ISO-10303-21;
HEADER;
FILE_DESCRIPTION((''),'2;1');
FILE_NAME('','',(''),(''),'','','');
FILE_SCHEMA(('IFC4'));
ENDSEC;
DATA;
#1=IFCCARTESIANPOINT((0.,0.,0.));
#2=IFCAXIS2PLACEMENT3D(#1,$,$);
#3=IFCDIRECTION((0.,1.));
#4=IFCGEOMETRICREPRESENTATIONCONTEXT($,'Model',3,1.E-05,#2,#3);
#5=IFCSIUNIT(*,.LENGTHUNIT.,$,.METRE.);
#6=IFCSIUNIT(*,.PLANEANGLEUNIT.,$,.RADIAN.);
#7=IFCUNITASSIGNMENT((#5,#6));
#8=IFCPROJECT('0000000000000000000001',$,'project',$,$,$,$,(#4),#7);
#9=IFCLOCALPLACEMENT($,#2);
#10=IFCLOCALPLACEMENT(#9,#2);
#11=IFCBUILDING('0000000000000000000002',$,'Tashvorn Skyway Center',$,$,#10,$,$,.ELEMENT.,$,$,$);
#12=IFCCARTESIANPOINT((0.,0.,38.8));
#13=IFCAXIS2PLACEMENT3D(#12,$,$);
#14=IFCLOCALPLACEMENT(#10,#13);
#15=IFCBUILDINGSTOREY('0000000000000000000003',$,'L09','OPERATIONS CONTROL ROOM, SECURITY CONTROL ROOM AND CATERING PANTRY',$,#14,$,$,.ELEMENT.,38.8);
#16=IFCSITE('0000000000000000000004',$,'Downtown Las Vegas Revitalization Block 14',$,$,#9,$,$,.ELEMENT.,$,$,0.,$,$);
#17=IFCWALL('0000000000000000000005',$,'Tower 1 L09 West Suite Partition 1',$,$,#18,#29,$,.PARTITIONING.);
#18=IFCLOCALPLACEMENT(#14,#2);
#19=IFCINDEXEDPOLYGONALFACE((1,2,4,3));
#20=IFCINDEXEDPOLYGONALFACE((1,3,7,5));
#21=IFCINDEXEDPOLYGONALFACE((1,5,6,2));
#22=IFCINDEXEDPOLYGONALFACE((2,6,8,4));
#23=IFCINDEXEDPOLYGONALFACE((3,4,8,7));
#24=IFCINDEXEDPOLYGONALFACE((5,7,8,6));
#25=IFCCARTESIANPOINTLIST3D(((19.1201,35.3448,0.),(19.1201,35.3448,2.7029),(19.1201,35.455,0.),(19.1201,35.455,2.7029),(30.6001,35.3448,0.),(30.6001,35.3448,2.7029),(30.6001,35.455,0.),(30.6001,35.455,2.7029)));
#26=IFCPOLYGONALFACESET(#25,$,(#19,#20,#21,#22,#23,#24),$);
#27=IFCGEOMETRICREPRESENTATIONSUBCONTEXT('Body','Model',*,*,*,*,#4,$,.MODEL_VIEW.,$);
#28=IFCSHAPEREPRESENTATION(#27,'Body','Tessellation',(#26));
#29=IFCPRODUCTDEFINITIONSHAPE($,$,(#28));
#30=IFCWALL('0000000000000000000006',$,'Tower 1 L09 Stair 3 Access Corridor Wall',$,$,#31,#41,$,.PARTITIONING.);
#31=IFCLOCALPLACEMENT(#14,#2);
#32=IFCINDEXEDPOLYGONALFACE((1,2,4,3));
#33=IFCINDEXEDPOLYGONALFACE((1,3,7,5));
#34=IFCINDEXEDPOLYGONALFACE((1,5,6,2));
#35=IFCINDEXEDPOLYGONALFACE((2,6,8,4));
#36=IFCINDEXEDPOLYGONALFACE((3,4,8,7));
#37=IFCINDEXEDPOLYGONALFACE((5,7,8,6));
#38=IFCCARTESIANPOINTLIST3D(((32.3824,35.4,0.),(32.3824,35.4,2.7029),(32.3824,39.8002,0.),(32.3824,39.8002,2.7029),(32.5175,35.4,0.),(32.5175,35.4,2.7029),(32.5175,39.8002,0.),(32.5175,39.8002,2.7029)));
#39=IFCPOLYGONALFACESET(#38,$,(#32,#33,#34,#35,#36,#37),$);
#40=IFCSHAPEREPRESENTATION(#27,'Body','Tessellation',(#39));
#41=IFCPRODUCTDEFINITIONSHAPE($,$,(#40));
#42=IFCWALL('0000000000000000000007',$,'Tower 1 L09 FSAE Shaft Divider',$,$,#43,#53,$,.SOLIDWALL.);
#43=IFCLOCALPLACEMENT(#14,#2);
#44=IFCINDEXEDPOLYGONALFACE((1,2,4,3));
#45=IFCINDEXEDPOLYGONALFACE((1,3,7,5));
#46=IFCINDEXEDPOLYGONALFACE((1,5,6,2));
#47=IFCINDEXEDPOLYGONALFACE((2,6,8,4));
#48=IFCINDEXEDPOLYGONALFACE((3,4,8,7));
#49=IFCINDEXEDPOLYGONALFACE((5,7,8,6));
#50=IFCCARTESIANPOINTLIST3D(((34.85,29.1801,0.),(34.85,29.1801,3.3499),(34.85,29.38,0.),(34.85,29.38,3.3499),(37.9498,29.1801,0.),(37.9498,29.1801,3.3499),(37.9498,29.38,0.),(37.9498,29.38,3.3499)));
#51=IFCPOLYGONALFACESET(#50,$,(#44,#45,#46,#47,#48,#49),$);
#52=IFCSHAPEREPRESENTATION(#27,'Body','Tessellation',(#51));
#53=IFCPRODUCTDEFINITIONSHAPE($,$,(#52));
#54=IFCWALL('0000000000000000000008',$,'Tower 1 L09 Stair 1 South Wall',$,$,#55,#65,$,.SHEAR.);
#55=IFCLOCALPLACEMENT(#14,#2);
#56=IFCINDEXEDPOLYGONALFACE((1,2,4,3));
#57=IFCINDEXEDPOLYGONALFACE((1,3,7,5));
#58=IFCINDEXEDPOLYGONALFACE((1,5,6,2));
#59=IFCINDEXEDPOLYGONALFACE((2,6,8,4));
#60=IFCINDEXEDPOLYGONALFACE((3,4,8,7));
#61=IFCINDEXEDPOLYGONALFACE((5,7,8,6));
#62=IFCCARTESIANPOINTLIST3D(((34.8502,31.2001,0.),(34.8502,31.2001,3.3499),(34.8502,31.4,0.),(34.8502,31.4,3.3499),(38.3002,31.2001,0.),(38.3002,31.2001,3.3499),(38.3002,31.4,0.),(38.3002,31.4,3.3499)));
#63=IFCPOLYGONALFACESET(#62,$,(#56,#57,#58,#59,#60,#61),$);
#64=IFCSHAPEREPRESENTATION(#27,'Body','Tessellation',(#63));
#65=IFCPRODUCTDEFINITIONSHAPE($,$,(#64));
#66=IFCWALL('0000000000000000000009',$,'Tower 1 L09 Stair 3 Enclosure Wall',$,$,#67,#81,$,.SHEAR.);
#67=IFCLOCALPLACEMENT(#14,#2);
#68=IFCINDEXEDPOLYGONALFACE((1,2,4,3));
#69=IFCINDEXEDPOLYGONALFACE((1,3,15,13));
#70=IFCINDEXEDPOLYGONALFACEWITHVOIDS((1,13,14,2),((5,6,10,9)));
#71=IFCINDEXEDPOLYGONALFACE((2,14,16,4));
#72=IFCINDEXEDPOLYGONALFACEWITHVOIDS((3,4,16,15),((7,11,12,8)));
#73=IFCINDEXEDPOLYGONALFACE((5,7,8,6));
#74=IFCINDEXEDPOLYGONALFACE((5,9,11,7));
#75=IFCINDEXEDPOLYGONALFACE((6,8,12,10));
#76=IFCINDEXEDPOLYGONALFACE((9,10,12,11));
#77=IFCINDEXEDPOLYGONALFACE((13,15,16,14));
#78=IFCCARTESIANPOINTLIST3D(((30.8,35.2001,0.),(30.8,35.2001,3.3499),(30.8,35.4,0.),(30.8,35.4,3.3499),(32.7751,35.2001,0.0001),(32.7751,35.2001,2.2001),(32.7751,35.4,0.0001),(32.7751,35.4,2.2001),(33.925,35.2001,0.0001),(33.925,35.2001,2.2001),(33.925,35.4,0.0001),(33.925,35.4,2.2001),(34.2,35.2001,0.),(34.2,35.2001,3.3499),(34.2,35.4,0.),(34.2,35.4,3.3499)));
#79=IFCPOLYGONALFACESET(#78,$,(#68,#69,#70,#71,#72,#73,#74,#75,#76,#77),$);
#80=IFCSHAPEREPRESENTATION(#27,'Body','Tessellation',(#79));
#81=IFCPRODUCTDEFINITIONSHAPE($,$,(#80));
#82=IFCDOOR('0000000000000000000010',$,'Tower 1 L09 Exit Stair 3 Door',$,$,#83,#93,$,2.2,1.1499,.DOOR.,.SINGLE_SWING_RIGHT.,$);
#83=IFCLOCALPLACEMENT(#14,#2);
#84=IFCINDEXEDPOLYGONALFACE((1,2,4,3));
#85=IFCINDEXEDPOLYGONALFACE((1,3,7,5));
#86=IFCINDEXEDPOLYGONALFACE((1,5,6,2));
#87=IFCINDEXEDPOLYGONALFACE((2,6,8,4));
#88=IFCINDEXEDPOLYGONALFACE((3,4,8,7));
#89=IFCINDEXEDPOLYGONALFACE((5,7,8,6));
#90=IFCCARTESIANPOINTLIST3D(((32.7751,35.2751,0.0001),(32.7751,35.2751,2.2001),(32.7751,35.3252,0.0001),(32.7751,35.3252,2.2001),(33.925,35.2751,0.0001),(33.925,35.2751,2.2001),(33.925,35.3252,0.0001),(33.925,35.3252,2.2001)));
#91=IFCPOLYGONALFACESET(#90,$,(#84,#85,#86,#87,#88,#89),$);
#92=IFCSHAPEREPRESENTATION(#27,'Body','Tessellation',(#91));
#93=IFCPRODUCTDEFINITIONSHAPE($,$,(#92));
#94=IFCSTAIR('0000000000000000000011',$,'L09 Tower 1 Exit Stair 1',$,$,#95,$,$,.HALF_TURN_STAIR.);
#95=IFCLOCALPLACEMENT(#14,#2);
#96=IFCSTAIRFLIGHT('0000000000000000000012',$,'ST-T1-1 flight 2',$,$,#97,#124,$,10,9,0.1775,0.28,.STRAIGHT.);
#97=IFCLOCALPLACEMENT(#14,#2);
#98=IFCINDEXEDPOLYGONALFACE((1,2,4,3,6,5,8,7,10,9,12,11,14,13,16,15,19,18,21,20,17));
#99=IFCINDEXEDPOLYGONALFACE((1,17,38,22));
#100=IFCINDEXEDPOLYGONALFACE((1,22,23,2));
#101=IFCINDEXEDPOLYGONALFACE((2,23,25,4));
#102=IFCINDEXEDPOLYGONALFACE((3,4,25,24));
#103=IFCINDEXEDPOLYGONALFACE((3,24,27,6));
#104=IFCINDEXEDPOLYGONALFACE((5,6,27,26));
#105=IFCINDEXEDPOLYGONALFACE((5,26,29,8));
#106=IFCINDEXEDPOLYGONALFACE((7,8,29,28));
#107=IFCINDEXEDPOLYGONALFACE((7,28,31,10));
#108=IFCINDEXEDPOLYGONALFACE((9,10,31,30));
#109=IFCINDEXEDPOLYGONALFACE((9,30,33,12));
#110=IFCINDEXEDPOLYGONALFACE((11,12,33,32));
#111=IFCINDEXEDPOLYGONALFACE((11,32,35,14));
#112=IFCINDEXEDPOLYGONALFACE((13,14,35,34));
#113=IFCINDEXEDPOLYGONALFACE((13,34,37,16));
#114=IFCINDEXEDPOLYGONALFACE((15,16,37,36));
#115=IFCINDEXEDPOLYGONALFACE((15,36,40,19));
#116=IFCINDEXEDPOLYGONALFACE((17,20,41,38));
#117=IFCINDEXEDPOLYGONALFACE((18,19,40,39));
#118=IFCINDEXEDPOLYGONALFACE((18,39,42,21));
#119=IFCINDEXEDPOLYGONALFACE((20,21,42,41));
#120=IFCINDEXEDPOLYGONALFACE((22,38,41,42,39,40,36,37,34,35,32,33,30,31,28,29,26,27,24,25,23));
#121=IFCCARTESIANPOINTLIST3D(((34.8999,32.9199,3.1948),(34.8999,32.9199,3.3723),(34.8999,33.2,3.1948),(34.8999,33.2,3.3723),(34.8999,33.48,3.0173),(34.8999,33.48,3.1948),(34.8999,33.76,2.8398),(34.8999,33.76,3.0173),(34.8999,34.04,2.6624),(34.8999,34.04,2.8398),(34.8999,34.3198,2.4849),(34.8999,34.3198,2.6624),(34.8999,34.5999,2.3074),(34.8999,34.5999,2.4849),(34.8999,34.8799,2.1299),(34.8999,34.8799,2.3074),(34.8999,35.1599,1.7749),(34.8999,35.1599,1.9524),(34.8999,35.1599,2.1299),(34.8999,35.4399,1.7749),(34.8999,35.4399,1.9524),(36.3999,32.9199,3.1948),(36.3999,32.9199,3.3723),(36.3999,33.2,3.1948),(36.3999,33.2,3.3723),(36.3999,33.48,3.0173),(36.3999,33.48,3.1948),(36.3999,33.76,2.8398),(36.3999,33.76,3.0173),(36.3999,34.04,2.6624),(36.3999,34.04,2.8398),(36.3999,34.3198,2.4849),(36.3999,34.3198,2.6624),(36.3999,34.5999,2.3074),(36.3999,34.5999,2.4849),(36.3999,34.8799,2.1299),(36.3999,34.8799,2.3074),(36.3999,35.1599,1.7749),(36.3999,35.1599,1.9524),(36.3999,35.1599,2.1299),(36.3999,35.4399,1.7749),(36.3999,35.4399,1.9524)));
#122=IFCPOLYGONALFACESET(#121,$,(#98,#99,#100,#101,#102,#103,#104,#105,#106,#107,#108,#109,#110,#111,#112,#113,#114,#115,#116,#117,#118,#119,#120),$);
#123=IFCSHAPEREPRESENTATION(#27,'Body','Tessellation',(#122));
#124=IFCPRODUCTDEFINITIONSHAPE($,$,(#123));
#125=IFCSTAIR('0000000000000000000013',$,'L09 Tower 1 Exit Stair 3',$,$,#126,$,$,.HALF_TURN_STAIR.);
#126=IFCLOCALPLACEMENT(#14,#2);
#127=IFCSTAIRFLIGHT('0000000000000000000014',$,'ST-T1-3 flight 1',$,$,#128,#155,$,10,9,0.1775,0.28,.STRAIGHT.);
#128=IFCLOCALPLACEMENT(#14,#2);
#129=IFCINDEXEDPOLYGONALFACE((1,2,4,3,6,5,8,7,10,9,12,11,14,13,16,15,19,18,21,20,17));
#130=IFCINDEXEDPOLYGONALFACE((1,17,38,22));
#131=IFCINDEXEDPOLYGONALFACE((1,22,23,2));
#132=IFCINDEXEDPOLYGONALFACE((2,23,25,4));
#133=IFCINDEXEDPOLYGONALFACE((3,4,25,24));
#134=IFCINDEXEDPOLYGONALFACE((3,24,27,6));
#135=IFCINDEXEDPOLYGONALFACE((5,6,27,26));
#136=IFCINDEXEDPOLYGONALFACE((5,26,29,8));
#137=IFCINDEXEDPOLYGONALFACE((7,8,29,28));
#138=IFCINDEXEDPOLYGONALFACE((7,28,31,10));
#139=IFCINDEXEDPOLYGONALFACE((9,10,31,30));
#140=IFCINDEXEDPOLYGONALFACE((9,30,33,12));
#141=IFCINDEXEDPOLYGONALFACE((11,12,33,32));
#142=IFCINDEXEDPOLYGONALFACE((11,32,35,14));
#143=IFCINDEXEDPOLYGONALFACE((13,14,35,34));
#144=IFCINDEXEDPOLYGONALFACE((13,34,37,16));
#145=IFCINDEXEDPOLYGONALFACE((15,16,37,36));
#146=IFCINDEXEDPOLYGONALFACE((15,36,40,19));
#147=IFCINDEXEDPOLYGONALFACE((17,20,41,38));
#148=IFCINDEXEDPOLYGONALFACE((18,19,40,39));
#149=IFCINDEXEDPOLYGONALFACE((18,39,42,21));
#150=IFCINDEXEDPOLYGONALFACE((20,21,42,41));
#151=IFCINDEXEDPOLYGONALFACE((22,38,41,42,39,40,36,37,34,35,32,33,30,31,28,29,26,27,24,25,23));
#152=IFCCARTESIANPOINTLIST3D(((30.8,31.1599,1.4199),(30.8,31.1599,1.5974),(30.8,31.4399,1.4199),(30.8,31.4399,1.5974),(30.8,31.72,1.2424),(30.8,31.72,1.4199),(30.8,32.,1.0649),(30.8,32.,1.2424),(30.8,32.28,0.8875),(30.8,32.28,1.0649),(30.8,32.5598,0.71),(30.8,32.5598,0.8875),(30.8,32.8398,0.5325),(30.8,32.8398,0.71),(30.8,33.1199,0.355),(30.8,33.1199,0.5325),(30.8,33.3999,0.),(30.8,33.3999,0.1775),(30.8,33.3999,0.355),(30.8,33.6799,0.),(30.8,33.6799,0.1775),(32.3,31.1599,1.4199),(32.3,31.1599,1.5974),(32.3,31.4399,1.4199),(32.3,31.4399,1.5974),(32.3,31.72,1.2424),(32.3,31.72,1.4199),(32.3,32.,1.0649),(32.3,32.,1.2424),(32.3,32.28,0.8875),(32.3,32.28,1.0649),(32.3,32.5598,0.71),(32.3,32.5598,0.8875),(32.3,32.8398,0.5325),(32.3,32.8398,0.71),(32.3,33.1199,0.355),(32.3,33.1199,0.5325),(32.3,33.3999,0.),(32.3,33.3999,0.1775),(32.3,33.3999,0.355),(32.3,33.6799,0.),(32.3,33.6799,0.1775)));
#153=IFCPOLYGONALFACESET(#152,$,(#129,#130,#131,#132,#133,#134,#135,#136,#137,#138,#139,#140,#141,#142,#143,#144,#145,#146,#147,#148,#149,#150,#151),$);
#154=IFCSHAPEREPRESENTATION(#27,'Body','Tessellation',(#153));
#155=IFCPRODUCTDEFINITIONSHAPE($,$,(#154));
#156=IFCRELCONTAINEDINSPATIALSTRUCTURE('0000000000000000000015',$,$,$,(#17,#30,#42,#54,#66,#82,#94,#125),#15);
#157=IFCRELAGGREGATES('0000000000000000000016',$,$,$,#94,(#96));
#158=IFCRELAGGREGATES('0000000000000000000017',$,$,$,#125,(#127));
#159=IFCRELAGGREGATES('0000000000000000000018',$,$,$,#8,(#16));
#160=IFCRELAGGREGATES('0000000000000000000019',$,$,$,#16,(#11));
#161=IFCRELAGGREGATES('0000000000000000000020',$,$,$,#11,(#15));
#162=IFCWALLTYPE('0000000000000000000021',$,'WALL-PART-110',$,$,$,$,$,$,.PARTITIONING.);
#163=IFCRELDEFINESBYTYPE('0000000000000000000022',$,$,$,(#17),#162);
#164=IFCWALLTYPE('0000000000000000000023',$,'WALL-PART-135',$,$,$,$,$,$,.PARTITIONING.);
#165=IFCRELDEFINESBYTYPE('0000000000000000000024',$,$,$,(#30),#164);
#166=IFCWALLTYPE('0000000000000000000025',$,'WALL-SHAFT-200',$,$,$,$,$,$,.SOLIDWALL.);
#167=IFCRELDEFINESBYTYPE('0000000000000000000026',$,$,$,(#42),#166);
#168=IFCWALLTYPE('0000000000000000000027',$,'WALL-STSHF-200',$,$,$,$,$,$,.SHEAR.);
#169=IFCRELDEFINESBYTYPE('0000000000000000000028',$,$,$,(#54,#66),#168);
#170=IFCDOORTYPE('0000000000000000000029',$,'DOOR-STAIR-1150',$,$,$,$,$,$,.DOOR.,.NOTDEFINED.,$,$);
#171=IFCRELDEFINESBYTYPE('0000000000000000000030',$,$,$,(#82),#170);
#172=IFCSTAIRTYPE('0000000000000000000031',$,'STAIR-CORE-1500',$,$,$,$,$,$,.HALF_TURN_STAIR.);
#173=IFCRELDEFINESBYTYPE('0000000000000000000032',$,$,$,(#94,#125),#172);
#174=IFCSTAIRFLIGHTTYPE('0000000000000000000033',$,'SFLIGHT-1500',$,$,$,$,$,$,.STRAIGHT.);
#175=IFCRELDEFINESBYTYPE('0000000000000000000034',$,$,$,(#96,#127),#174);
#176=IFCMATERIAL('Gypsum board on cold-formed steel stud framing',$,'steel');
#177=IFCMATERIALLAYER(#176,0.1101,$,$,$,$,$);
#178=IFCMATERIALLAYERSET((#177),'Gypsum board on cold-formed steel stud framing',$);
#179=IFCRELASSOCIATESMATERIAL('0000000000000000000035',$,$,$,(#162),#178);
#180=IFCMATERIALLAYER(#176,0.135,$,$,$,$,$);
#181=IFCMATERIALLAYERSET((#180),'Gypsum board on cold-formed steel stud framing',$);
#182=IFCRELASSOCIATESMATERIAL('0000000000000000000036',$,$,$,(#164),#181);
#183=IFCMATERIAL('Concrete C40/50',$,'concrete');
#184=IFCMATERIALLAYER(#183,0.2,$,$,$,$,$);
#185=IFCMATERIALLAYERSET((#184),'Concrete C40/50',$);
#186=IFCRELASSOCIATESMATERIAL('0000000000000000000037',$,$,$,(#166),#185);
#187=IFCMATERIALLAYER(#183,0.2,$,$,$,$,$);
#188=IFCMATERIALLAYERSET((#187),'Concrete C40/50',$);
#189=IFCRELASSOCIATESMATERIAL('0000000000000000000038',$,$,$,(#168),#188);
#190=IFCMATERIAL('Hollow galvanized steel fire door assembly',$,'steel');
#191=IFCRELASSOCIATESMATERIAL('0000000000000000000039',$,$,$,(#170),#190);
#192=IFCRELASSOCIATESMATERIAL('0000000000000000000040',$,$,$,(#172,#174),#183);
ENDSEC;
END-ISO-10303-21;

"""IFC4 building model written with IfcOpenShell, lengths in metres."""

from ifc_helpers import new_model, si_unit, direction, frame, frame_2d, origin, place, context, subcontext, project, spatial, polyline, rectangle, outline, extrude, material, layer, layer_set, type_object, element, fill, aggregate, save


model = new_model("IFC4")

# Units and contexts
model_context = context("Model", 3, precision=1e-05, world=origin(), true_north=direction((0.0, 1.0)))
body_context = subcontext(model_context, "Body", "Model", "MODEL_VIEW")
ifc_project = project(units=[si_unit("LENGTHUNIT", "METRE"), si_unit("PLANEANGLEUNIT", "RADIAN")], contexts=[model_context])

# Site, building, storey
site_placement = place(None, origin())
site = spatial("IfcSite", under=ifc_project, at=site_placement, Name="Downtown Las Vegas Revitalization Block 14", CompositionType="ELEMENT", RefElevation=0.0)
building_placement = place(site_placement, origin())
building = spatial("IfcBuilding", under=site, at=building_placement, Name="Tashvorn Skyway Center", CompositionType="ELEMENT")
storey_placement = place(building_placement, frame((0.0, 0.0, 38.8)))
storey = spatial("IfcBuildingStorey", under=building, at=storey_placement, Name="L09", Description="OPERATIONS CONTROL ROOM, SECURITY CONTROL ROOM AND CATERING PANTRY", CompositionType="ELEMENT", Elevation=38.8)

# Walls
ifc_material_1 = material(Name="Gypsum board on cold-formed steel stud framing", Category="steel")
ifc_layer_1 = layer(ifc_material_1, 0.1101)
ifc_layer_set_1 = layer_set([ifc_layer_1], Name="Gypsum board on cold-formed steel stud framing")
wall_type_1 = type_object("IfcWallType", Name="WALL-PART-110", PredefinedType="PARTITIONING", material=ifc_layer_set_1)
wall_1_placement = place(storey_placement, frame((30.6001, 35.3999, 0.0), z_axis=(0.0, 0.0, 1.0), x_axis=(-1.0, 0.0, 0.0)))
element("IfcWall", 1, at=wall_1_placement, inside=storey, type_object=wall_type_1, Name="Tower 1 L09 West Suite Partition 1", PredefinedType="PARTITIONING", context=body_context, shape_type="SweptSolid", body=[
    extrude(rectangle(XDim=11.48, YDim=0.1101, at=frame_2d((5.74, 0.0))), origin(), (0.0, 0.0, 1.0), 2.7029),
])
ifc_layer_2 = layer(ifc_material_1, 0.135)
ifc_layer_set_2 = layer_set([ifc_layer_2], Name="Gypsum board on cold-formed steel stud framing")
wall_type_2 = type_object("IfcWallType", Name="WALL-PART-135", PredefinedType="PARTITIONING", material=ifc_layer_set_2)
wall_2_placement = place(storey_placement, frame((32.45, 35.3999, 0.0), z_axis=(0.0, 0.0, 1.0), x_axis=(0.0, 1.0, 0.0)))
element("IfcWall", 2, at=wall_2_placement, inside=storey, type_object=wall_type_2, Name="Tower 1 L09 Stair 3 Access Corridor Wall", PredefinedType="PARTITIONING", context=body_context, shape_type="SweptSolid", body=[
    extrude(rectangle(XDim=4.4001, YDim=0.135, at=frame_2d((2.2002, 0.0))), origin(), (0.0, 0.0, 1.0), 2.7029),
])
ifc_material_2 = material(Name="Concrete C40/50", Category="concrete")
ifc_layer_3 = layer(ifc_material_2, 0.2)
ifc_layer_set_3 = layer_set([ifc_layer_3], Name="Concrete C40/50")
wall_type_3 = type_object("IfcWallType", Name="WALL-SHAFT-200", PredefinedType="SOLIDWALL", material=ifc_layer_set_3)
wall_3_placement = place(storey_placement, frame((34.8501, 29.28, 0.0), z_axis=(0.0, 0.0, 1.0), x_axis=(1.0, 0.0, 0.0)))
element("IfcWall", 3, at=wall_3_placement, inside=storey, type_object=wall_type_3, Name="Tower 1 L09 FSAE Shaft Divider", PredefinedType="SOLIDWALL", context=body_context, shape_type="SweptSolid", body=[
    extrude(rectangle(XDim=3.0999, YDim=0.2, at=frame_2d((1.5498, 0.0))), origin(), (0.0, 0.0, 1.0), 3.3499),
])
ifc_layer_4 = layer(ifc_material_2, 0.2)
ifc_layer_set_4 = layer_set([ifc_layer_4], Name="Concrete C40/50")
wall_type_4 = type_object("IfcWallType", Name="WALL-STSHF-200", PredefinedType="SHEAR", material=ifc_layer_set_4)
wall_4_placement = place(storey_placement, frame((34.8501, 31.3, 0.0), z_axis=(0.0, 0.0, 1.0), x_axis=(1.0, 0.0, 0.0)))
element("IfcWall", 4, at=wall_4_placement, inside=storey, type_object=wall_type_4, Name="Tower 1 L09 Stair 1 South Wall", PredefinedType="SHEAR", context=body_context, shape_type="SweptSolid", body=[
    extrude(rectangle(XDim=3.45, YDim=0.2, at=frame_2d((1.7251, 0.0))), origin(), (0.0, 0.0, 1.0), 3.3499),
])

# Wall, opening, door
wall_5_placement = place(storey_placement, frame((34.2, 35.3, 0.0), z_axis=(0.0, 0.0, 1.0), x_axis=(-1.0, 0.0, 0.0)))
wall_5 = element("IfcWall", 5, at=wall_5_placement, inside=storey, type_object=wall_type_4, Name="Tower 1 L09 Stair 3 Enclosure Wall", PredefinedType="SHEAR", context=body_context, shape_type="SweptSolid", body=[
    extrude(rectangle(XDim=3.3999, YDim=0.2, at=frame_2d((1.7, 0.0))), origin(), (0.0, 0.0, 1.0), 3.3499),
])
opening_placement = place(wall_5_placement, frame((0.2749, 0.0, 0.0)))
opening = element("IfcOpeningElement", 6, at=opening_placement, cuts=wall_5, PredefinedType="OPENING", context=body_context, shape_type="SweptSolid", body=[
    extrude(rectangle(XDim=1.1499, YDim=2.2, at=frame_2d((0.575, 1.1001))), frame((0.0, 0.1099, 0.0), z_axis=(0.0, -1.0, 0.0), x_axis=(1.0, 0.0, 0.0)), (0.0, 0.0, 1.0), 0.22),
])
ifc_material_3 = material(Name="Hollow galvanized steel fire door assembly", Category="steel")
door_type = type_object("IfcDoorType", Name="DOOR-STAIR-1150", OperationType="NOTDEFINED", PredefinedType="DOOR", material=ifc_material_3)
door_placement = place(opening_placement, origin())
door = element("IfcDoor", 7, at=door_placement, inside=storey, type_object=door_type, Name="Tower 1 L09 Exit Stair 3 Door", OperationType="SINGLE_SWING_RIGHT", OverallHeight=2.2, OverallWidth=1.1499, PredefinedType="DOOR", context=body_context, shape_type="SweptSolid", body=[
    extrude(rectangle(XDim=1.1499, YDim=2.2, at=frame_2d((0.575, 1.1001))), frame((0.0, 0.0249, 0.0), z_axis=(0.0, -1.0, 0.0), x_axis=(1.0, 0.0, 0.0)), (0.0, 0.0, 1.0), 0.05),
])
fill(opening, door)

# Stair, stair flight
stair_type = type_object("IfcStairType", Name="STAIR-CORE-1500", PredefinedType="HALF_TURN_STAIR", material=ifc_material_2)
stair_1_placement = place(storey_placement, origin())
stair_1 = element("IfcStair", 8, at=stair_1_placement, inside=storey, type_object=stair_type, Name="L09 Tower 1 Exit Stair 1", PredefinedType="HALF_TURN_STAIR")
stair_flight_type = type_object("IfcStairFlightType", Name="SFLIGHT-1500", PredefinedType="STRAIGHT", material=ifc_material_2)
stair_flight_1_placement = place(storey_placement, frame((35.6499, 35.4399, 1.7749), z_axis=(0.0, 0.0, 1.0), x_axis=(0.0, -1.0, 0.0)))
stair_flight_1 = element("IfcStairFlight", 9, at=stair_flight_1_placement, type_object=stair_flight_type, Name="ST-T1-1 flight 2", NumberOfRisers=10, NumberOfTreads=9, PredefinedType="STRAIGHT", RiserHeight=0.1775, TreadLength=0.28, context=body_context, shape_type="SweptSolid", body=[
    extrude(outline(polyline([(0.0, 0.0), (0.0, 0.1775), (0.28, 0.1775), (0.28, 0.355), (0.5601, 0.355), (0.5601, 0.5325), (0.8401, 0.5325), (0.8401, 0.71), (1.1201, 0.71), (1.1201, 0.8875), (1.3999, 0.8875), (1.3999, 1.0649), (1.6799, 1.0649), (1.6799, 1.2424), (1.96, 1.2424), (1.96, 1.4199), (2.24, 1.4199), (2.24, 1.5974), (2.52, 1.5974), (2.52, 1.7749), (2.52, 1.4199), (0.28, 0.0), (0.0, 0.0)])), frame((0.0, 0.75, 0.0), z_axis=(0.0, -1.0, 0.0), x_axis=(1.0, 0.0, 0.0)), (0.0, 0.0, 1.0), 1.5),
])
aggregate(stair_1, [stair_flight_1])

# Stair, stair flight
stair_2_placement = place(storey_placement, origin())
stair_2 = element("IfcStair", 10, at=stair_2_placement, inside=storey, type_object=stair_type, Name="L09 Tower 1 Exit Stair 3", PredefinedType="HALF_TURN_STAIR")
stair_flight_2_placement = place(storey_placement, frame((31.55, 33.6799, 0.0), z_axis=(0.0, 0.0, 1.0), x_axis=(0.0, -1.0, 0.0)))
stair_flight_2 = element("IfcStairFlight", 11, at=stair_flight_2_placement, type_object=stair_flight_type, Name="ST-T1-3 flight 1", NumberOfRisers=10, NumberOfTreads=9, PredefinedType="STRAIGHT", RiserHeight=0.1775, TreadLength=0.28, context=body_context, shape_type="SweptSolid", body=[
    extrude(outline(polyline([(0.0, 0.0), (0.0, 0.1775), (0.28, 0.1775), (0.28, 0.355), (0.5601, 0.355), (0.5601, 0.5325), (0.8401, 0.5325), (0.8401, 0.71), (1.1201, 0.71), (1.1201, 0.8875), (1.3999, 0.8875), (1.3999, 1.0649), (1.6799, 1.0649), (1.6799, 1.2424), (1.96, 1.2424), (1.96, 1.4199), (2.24, 1.4199), (2.24, 1.5974), (2.52, 1.5974), (2.52, 1.7749), (2.52, 1.4199), (0.28, 0.0), (0.0, 0.0)])), frame((0.0, 0.75, 0.0), z_axis=(0.0, -1.0, 0.0), x_axis=(1.0, 0.0, 0.0)), (0.0, 0.0, 1.0), 1.5),
])
aggregate(stair_2, [stair_flight_2])

save(model, "model.ifc")
